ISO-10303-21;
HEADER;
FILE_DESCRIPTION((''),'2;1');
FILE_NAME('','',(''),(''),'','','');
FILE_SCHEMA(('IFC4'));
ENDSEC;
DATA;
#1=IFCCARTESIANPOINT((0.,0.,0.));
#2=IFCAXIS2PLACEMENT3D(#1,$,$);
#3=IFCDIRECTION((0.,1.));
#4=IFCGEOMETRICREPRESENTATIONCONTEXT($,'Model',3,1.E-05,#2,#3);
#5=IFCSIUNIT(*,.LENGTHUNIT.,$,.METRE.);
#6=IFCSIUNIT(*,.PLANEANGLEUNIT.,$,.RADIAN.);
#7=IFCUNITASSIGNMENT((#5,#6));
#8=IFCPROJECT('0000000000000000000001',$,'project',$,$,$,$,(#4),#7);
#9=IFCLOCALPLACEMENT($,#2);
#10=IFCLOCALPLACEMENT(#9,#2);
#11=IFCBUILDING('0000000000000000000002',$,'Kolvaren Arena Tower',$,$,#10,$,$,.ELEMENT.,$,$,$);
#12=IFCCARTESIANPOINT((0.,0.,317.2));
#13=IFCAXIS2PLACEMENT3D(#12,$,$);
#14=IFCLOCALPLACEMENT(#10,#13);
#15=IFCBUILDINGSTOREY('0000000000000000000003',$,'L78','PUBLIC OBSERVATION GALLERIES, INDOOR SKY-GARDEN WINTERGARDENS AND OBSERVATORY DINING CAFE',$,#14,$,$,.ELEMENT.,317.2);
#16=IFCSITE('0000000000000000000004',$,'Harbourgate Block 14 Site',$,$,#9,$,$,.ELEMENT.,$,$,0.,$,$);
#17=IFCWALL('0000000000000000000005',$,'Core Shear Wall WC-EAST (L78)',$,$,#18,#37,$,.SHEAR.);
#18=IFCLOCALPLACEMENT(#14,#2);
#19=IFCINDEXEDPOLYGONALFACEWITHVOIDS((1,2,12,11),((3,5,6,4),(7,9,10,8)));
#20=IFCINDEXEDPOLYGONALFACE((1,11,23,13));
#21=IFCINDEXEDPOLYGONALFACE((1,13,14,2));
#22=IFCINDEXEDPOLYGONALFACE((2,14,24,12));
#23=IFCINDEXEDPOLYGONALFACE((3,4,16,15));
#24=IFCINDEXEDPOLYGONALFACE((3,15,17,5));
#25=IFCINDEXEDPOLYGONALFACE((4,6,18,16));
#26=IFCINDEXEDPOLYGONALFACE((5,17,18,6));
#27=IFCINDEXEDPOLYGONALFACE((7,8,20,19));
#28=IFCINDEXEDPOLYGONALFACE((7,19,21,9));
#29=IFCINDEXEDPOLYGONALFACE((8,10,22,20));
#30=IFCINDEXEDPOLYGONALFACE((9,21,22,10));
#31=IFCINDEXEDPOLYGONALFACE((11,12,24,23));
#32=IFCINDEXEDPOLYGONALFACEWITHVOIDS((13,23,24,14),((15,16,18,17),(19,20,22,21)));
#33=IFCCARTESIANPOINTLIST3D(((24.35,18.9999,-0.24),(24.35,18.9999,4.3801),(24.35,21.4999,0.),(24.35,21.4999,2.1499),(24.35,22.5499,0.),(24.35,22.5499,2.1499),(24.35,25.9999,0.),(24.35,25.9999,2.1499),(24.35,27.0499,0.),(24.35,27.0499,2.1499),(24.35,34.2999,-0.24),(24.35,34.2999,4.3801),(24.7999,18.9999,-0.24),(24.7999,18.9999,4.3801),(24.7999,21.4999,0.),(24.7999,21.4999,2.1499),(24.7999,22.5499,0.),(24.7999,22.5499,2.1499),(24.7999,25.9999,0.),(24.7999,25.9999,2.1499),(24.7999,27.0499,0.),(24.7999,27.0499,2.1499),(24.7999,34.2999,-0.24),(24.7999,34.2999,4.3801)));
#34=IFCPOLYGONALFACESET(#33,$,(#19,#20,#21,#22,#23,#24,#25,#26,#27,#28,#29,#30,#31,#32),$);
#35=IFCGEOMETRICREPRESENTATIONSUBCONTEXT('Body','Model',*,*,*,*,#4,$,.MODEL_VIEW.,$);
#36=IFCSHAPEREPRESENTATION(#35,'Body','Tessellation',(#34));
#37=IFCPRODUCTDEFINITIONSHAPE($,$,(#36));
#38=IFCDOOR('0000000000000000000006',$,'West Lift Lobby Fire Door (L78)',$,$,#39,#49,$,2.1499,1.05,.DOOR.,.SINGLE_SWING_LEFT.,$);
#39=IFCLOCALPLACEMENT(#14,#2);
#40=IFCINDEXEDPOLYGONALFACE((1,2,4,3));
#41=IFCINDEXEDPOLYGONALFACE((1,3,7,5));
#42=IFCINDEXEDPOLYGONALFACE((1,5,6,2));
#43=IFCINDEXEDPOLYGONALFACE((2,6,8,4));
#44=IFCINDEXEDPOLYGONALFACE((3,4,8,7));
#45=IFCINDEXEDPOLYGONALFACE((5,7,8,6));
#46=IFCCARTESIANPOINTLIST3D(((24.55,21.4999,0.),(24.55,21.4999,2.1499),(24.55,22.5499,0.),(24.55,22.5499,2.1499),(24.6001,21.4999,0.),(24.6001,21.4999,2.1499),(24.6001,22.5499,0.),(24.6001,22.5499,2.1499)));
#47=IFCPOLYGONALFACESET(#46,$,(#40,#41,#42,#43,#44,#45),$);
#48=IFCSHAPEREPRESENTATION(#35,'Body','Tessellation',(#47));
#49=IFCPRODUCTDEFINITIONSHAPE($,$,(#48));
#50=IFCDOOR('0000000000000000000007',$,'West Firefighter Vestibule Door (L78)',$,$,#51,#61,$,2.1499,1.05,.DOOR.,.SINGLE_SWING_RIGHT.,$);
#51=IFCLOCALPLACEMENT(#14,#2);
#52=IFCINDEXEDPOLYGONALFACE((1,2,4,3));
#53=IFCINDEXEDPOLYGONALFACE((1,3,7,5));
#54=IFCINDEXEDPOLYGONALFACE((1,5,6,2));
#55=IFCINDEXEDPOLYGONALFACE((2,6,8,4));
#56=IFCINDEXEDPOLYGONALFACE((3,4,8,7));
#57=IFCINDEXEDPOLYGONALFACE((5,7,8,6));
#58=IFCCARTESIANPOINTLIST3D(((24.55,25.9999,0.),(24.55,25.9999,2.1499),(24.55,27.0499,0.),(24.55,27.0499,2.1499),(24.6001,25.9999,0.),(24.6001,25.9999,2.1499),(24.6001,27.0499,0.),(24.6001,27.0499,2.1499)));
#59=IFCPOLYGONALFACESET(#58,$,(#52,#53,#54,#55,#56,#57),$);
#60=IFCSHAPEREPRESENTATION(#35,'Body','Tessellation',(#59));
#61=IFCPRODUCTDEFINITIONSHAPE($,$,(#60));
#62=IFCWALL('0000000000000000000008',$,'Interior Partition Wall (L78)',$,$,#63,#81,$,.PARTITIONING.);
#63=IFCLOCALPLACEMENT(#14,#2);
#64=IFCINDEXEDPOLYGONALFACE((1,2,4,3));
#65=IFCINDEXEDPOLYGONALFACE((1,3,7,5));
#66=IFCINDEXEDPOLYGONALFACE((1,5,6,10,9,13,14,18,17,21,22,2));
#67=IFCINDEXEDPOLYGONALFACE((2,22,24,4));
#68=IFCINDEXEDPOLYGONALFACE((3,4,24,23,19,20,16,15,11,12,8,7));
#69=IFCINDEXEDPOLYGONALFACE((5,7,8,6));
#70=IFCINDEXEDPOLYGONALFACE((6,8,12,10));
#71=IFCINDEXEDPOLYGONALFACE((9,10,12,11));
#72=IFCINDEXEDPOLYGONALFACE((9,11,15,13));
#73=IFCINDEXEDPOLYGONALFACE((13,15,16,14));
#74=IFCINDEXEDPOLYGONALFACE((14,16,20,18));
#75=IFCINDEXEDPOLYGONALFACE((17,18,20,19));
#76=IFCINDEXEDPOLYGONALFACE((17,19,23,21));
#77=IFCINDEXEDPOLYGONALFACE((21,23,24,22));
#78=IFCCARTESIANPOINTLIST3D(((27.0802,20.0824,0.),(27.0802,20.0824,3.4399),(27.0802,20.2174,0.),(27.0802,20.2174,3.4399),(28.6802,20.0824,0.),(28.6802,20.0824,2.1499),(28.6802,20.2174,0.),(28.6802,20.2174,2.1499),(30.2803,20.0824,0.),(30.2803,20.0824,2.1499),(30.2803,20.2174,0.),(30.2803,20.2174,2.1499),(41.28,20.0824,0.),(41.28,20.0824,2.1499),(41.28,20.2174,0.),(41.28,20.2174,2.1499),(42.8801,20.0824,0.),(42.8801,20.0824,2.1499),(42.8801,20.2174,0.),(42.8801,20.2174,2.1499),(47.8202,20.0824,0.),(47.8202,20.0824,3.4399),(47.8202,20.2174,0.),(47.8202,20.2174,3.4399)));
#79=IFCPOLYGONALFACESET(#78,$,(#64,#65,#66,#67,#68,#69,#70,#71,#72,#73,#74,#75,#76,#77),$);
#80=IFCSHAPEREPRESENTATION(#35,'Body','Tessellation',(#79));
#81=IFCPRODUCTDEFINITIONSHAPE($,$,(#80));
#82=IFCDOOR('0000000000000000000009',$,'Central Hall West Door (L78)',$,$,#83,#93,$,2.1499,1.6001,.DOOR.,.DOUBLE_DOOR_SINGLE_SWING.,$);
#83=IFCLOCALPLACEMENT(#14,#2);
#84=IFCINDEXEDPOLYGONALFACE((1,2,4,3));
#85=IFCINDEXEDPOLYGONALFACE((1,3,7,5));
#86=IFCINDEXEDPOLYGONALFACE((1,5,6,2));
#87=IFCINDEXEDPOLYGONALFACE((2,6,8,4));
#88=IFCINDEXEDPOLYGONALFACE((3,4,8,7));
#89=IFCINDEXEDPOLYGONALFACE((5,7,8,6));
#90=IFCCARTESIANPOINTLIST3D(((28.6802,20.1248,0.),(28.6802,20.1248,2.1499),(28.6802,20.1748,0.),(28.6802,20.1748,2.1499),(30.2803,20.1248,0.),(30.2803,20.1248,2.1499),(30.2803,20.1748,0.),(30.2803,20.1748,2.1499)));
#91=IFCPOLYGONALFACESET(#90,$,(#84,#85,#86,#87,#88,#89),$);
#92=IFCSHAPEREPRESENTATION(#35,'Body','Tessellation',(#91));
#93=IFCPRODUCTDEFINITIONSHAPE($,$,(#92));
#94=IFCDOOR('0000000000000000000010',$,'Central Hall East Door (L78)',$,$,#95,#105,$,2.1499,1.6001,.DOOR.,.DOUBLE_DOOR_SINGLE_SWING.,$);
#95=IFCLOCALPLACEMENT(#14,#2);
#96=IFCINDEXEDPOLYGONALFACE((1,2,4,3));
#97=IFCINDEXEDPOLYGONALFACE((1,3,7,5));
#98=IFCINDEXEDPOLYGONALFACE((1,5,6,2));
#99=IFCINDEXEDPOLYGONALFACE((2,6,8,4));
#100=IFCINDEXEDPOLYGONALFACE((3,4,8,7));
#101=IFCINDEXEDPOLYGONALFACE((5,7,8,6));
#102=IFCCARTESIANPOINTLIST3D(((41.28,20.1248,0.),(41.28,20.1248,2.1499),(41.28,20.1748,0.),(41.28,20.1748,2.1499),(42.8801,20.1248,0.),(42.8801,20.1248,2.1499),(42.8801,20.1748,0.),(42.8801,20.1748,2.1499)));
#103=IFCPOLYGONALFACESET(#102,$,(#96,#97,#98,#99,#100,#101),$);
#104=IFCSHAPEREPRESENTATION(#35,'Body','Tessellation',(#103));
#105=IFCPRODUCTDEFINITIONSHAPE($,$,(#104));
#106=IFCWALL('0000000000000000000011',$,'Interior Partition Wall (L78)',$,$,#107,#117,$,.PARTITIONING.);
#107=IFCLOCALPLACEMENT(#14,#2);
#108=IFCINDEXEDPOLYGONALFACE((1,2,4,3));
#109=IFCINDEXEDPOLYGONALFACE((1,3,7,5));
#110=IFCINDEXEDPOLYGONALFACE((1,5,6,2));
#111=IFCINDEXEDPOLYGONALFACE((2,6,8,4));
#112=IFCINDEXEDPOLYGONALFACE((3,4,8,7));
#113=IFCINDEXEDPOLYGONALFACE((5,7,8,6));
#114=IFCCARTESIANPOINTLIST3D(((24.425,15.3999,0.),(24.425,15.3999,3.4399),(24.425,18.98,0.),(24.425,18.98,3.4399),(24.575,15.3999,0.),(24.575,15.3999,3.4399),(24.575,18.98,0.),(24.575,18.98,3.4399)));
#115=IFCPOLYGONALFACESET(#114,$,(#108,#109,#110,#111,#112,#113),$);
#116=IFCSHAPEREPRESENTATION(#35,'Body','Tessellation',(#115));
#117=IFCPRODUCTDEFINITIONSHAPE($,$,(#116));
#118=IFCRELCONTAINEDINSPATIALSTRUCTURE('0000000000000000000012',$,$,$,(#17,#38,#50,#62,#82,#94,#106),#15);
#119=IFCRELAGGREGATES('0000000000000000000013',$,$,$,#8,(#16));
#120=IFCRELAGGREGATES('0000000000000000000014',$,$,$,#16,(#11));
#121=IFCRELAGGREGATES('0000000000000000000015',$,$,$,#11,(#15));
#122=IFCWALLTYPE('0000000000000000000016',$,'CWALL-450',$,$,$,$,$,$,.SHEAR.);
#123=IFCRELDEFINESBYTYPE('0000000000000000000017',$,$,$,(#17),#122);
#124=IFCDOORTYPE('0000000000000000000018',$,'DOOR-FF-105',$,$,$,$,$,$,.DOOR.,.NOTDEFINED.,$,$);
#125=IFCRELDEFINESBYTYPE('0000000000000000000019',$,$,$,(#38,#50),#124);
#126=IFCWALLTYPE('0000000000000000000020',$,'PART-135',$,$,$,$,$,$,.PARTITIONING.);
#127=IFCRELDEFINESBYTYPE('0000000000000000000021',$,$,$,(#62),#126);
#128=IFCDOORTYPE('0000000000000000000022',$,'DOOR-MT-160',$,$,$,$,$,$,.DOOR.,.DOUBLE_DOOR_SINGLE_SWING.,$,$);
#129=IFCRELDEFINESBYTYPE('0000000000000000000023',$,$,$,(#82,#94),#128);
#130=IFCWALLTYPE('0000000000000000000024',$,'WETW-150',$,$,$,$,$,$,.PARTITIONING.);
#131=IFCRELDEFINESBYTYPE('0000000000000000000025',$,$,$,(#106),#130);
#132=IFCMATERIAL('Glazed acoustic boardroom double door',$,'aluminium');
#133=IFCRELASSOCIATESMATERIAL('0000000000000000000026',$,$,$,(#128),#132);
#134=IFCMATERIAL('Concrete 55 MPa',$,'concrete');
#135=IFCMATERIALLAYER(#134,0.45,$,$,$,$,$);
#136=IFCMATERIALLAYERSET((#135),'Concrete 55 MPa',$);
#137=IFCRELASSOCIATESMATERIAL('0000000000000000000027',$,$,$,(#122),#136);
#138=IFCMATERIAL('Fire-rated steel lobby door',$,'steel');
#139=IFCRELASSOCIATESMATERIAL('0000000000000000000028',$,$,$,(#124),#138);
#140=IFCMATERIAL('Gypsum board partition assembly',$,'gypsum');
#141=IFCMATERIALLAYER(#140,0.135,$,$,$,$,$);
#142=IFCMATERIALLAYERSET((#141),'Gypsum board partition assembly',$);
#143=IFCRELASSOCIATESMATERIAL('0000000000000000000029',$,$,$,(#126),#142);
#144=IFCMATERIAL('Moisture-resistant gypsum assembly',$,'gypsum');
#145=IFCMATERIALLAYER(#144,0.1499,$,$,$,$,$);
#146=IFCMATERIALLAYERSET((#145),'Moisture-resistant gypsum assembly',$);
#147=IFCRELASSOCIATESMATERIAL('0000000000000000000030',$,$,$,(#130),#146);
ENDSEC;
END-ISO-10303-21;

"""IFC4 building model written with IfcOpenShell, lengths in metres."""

from ifc_helpers import new_model, si_unit, direction, frame, frame_2d, origin, place, context, subcontext, project, spatial, rectangle, extrude, material, layer, layer_set, type_object, element, fill, save


model = new_model("IFC4")

# Units and contexts
model_context = context("Model", 3, precision=1e-05, world=origin(), true_north=direction((0.0, 1.0)))
body_context = subcontext(model_context, "Body", "Model", "MODEL_VIEW")
ifc_project = project(units=[si_unit("LENGTHUNIT", "METRE"), si_unit("PLANEANGLEUNIT", "RADIAN")], contexts=[model_context])

# Site, building, storey
site_placement = place(None, origin())
site = spatial("IfcSite", under=ifc_project, at=site_placement, Name="Harbourgate Block 14 Site", CompositionType="ELEMENT", RefElevation=0.0)
building_placement = place(site_placement, origin())
building = spatial("IfcBuilding", under=site, at=building_placement, Name="Kolvaren Arena Tower", CompositionType="ELEMENT")
storey_placement = place(building_placement, frame((0.0, 0.0, 317.2)))
storey = spatial("IfcBuildingStorey", under=building, at=storey_placement, Name="L78", Description="PUBLIC OBSERVATION GALLERIES, INDOOR SKY-GARDEN WINTERGARDENS AND OBSERVATORY DINING CAFE", CompositionType="ELEMENT", Elevation=317.2)

# Shared definitions
ifc_material_1 = material(Name="Glazed acoustic boardroom double door", Category="aluminium")
door_type_1 = type_object("IfcDoorType", Name="DOOR-MT-160", OperationType="DOUBLE_DOOR_SINGLE_SWING", PredefinedType="DOOR", material=ifc_material_1)

# Walls, openings, doors
ifc_material_2 = material(Name="Concrete 55 MPa", Category="concrete")
ifc_layer_1 = layer(ifc_material_2, 0.45)
ifc_layer_set_1 = layer_set([ifc_layer_1], Name="Concrete 55 MPa")
wall_type_1 = type_object("IfcWallType", Name="CWALL-450", PredefinedType="SHEAR", material=ifc_layer_set_1)
wall_1_placement = place(storey_placement, frame((24.575, 19.0, -0.24), z_axis=(0.0, 0.0, 1.0), x_axis=(0.0, 1.0, 0.0)))
wall_1 = element("IfcWall", 1, at=wall_1_placement, inside=storey, type_object=wall_type_1, Name="Core Shear Wall WC-EAST (L78)", PredefinedType="SHEAR", context=body_context, shape_type="SweptSolid", body=[
    extrude(rectangle(XDim=15.3, YDim=0.45, at=frame_2d((7.6499, 0.0))), origin(), (0.0, 0.0, 1.0), 4.6201),
])
opening_1_placement = place(wall_1_placement, frame((2.5, 0.0, 0.24)))
opening_1 = element("IfcOpeningElement", 2, at=opening_1_placement, cuts=wall_1, PredefinedType="OPENING", context=body_context, shape_type="SweptSolid", body=[
    extrude(rectangle(XDim=1.05, YDim=2.1499, at=frame_2d((0.5249, 1.075))), frame((0.0, 0.2349, 0.0), z_axis=(0.0, -1.0, 0.0), x_axis=(1.0, 0.0, 0.0)), (0.0, 0.0, 1.0), 0.47),
])
opening_2_placement = place(wall_1_placement, frame((7.0, 0.0, 0.24)))
opening_2 = element("IfcOpeningElement", 3, at=opening_2_placement, cuts=wall_1, PredefinedType="OPENING", context=body_context, shape_type="SweptSolid", body=[
    extrude(rectangle(XDim=1.05, YDim=2.1499, at=frame_2d((0.5249, 1.075))), frame((0.0, 0.2349, 0.0), z_axis=(0.0, -1.0, 0.0), x_axis=(1.0, 0.0, 0.0)), (0.0, 0.0, 1.0), 0.47),
])
ifc_material_3 = material(Name="Fire-rated steel lobby door", Category="steel")
door_type_2 = type_object("IfcDoorType", Name="DOOR-FF-105", OperationType="NOTDEFINED", PredefinedType="DOOR", material=ifc_material_3)
door_1_placement = place(opening_1_placement, origin())
door_1 = element("IfcDoor", 4, at=door_1_placement, inside=storey, type_object=door_type_2, Name="West Lift Lobby Fire Door (L78)", OperationType="SINGLE_SWING_LEFT", OverallHeight=2.1499, OverallWidth=1.05, PredefinedType="DOOR", context=body_context, shape_type="SweptSolid", body=[
    extrude(rectangle(XDim=1.05, YDim=2.1499, at=frame_2d((0.5249, 1.075))), frame((0.0, 0.0249, 0.0), z_axis=(0.0, -1.0, 0.0), x_axis=(1.0, 0.0, 0.0)), (0.0, 0.0, 1.0), 0.05),
])
fill(opening_1, door_1)
door_2_placement = place(opening_2_placement, origin())
door_2 = element("IfcDoor", 5, at=door_2_placement, inside=storey, type_object=door_type_2, Name="West Firefighter Vestibule Door (L78)", OperationType="SINGLE_SWING_RIGHT", OverallHeight=2.1499, OverallWidth=1.05, PredefinedType="DOOR", context=body_context, shape_type="SweptSolid", body=[
    extrude(rectangle(XDim=1.05, YDim=2.1499, at=frame_2d((0.5249, 1.075))), frame((0.0, 0.0249, 0.0), z_axis=(0.0, -1.0, 0.0), x_axis=(1.0, 0.0, 0.0)), (0.0, 0.0, 1.0), 0.05),
])
fill(opening_2, door_2)
ifc_material_4 = material(Name="Gypsum board partition assembly", Category="gypsum")
ifc_layer_2 = layer(ifc_material_4, 0.135)
ifc_layer_set_2 = layer_set([ifc_layer_2], Name="Gypsum board partition assembly")
wall_type_2 = type_object("IfcWallType", Name="PART-135", PredefinedType="PARTITIONING", material=ifc_layer_set_2)
wall_2_placement = place(storey_placement, frame((27.0801, 20.1499, 0.0), z_axis=(0.0, 0.0, 1.0), x_axis=(1.0, 0.0, 0.0)))
wall_2 = element("IfcWall", 6, at=wall_2_placement, inside=storey, type_object=wall_type_2, Name="Interior Partition Wall (L78)", PredefinedType="PARTITIONING", context=body_context, shape_type="SweptSolid", body=[
    extrude(rectangle(XDim=20.74, YDim=0.135, at=frame_2d((10.3701, 0.0))), origin(), (0.0, 0.0, 1.0), 3.4399),
])
opening_3_placement = place(wall_2_placement, frame((1.6001, 0.0, 0.0)))
opening_3 = element("IfcOpeningElement", 7, at=opening_3_placement, cuts=wall_2, PredefinedType="OPENING", context=body_context, shape_type="SweptSolid", body=[
    extrude(rectangle(XDim=1.6001, YDim=2.1499, at=frame_2d((0.8, 1.075))), frame((0.0, 0.0774, 0.0), z_axis=(0.0, -1.0, 0.0), x_axis=(1.0, 0.0, 0.0)), (0.0, 0.0, 1.0), 0.155),
])
opening_4_placement = place(wall_2_placement, frame((14.2, 0.0, 0.0)))
opening_4 = element("IfcOpeningElement", 8, at=opening_4_placement, cuts=wall_2, PredefinedType="OPENING", context=body_context, shape_type="SweptSolid", body=[
    extrude(rectangle(XDim=1.6001, YDim=2.1499, at=frame_2d((0.8, 1.075))), frame((0.0, 0.0774, 0.0), z_axis=(0.0, -1.0, 0.0), x_axis=(1.0, 0.0, 0.0)), (0.0, 0.0, 1.0), 0.155),
])
door_3_placement = place(opening_3_placement, origin())
door_3 = element("IfcDoor", 9, at=door_3_placement, inside=storey, type_object=door_type_1, Name="Central Hall West Door (L78)", OperationType="DOUBLE_DOOR_SINGLE_SWING", OverallHeight=2.1499, OverallWidth=1.6001, PredefinedType="DOOR", context=body_context, shape_type="SweptSolid", body=[
    extrude(rectangle(XDim=1.6001, YDim=2.1499, at=frame_2d((0.8, 1.075))), frame((0.0, 0.0249, 0.0), z_axis=(0.0, -1.0, 0.0), x_axis=(1.0, 0.0, 0.0)), (0.0, 0.0, 1.0), 0.05),
])
fill(opening_3, door_3)
door_4_placement = place(opening_4_placement, origin())
door_4 = element("IfcDoor", 10, at=door_4_placement, inside=storey, type_object=door_type_1, Name="Central Hall East Door (L78)", OperationType="DOUBLE_DOOR_SINGLE_SWING", OverallHeight=2.1499, OverallWidth=1.6001, PredefinedType="DOOR", context=body_context, shape_type="SweptSolid", body=[
    extrude(rectangle(XDim=1.6001, YDim=2.1499, at=frame_2d((0.8, 1.075))), frame((0.0, 0.0249, 0.0), z_axis=(0.0, -1.0, 0.0), x_axis=(1.0, 0.0, 0.0)), (0.0, 0.0, 1.0), 0.05),
])
fill(opening_4, door_4)

# Wall
ifc_material_5 = material(Name="Moisture-resistant gypsum assembly", Category="gypsum")
ifc_layer_3 = layer(ifc_material_5, 0.1499)
ifc_layer_set_3 = layer_set([ifc_layer_3], Name="Moisture-resistant gypsum assembly")
wall_type_3 = type_object("IfcWallType", Name="WETW-150", PredefinedType="PARTITIONING", material=ifc_layer_set_3)
wall_3_placement = place(storey_placement, frame((24.5, 15.3999, 0.0), z_axis=(0.0, 0.0, 1.0), x_axis=(0.0, 1.0, 0.0)))
element("IfcWall", 11, at=wall_3_placement, inside=storey, type_object=wall_type_3, Name="Interior Partition Wall (L78)", PredefinedType="PARTITIONING", context=body_context, shape_type="SweptSolid", body=[
    extrude(rectangle(XDim=3.5801, YDim=0.1499, at=frame_2d((1.79, 0.0))), origin(), (0.0, 0.0, 1.0), 3.4399),
])

save(model, "model.ifc")
